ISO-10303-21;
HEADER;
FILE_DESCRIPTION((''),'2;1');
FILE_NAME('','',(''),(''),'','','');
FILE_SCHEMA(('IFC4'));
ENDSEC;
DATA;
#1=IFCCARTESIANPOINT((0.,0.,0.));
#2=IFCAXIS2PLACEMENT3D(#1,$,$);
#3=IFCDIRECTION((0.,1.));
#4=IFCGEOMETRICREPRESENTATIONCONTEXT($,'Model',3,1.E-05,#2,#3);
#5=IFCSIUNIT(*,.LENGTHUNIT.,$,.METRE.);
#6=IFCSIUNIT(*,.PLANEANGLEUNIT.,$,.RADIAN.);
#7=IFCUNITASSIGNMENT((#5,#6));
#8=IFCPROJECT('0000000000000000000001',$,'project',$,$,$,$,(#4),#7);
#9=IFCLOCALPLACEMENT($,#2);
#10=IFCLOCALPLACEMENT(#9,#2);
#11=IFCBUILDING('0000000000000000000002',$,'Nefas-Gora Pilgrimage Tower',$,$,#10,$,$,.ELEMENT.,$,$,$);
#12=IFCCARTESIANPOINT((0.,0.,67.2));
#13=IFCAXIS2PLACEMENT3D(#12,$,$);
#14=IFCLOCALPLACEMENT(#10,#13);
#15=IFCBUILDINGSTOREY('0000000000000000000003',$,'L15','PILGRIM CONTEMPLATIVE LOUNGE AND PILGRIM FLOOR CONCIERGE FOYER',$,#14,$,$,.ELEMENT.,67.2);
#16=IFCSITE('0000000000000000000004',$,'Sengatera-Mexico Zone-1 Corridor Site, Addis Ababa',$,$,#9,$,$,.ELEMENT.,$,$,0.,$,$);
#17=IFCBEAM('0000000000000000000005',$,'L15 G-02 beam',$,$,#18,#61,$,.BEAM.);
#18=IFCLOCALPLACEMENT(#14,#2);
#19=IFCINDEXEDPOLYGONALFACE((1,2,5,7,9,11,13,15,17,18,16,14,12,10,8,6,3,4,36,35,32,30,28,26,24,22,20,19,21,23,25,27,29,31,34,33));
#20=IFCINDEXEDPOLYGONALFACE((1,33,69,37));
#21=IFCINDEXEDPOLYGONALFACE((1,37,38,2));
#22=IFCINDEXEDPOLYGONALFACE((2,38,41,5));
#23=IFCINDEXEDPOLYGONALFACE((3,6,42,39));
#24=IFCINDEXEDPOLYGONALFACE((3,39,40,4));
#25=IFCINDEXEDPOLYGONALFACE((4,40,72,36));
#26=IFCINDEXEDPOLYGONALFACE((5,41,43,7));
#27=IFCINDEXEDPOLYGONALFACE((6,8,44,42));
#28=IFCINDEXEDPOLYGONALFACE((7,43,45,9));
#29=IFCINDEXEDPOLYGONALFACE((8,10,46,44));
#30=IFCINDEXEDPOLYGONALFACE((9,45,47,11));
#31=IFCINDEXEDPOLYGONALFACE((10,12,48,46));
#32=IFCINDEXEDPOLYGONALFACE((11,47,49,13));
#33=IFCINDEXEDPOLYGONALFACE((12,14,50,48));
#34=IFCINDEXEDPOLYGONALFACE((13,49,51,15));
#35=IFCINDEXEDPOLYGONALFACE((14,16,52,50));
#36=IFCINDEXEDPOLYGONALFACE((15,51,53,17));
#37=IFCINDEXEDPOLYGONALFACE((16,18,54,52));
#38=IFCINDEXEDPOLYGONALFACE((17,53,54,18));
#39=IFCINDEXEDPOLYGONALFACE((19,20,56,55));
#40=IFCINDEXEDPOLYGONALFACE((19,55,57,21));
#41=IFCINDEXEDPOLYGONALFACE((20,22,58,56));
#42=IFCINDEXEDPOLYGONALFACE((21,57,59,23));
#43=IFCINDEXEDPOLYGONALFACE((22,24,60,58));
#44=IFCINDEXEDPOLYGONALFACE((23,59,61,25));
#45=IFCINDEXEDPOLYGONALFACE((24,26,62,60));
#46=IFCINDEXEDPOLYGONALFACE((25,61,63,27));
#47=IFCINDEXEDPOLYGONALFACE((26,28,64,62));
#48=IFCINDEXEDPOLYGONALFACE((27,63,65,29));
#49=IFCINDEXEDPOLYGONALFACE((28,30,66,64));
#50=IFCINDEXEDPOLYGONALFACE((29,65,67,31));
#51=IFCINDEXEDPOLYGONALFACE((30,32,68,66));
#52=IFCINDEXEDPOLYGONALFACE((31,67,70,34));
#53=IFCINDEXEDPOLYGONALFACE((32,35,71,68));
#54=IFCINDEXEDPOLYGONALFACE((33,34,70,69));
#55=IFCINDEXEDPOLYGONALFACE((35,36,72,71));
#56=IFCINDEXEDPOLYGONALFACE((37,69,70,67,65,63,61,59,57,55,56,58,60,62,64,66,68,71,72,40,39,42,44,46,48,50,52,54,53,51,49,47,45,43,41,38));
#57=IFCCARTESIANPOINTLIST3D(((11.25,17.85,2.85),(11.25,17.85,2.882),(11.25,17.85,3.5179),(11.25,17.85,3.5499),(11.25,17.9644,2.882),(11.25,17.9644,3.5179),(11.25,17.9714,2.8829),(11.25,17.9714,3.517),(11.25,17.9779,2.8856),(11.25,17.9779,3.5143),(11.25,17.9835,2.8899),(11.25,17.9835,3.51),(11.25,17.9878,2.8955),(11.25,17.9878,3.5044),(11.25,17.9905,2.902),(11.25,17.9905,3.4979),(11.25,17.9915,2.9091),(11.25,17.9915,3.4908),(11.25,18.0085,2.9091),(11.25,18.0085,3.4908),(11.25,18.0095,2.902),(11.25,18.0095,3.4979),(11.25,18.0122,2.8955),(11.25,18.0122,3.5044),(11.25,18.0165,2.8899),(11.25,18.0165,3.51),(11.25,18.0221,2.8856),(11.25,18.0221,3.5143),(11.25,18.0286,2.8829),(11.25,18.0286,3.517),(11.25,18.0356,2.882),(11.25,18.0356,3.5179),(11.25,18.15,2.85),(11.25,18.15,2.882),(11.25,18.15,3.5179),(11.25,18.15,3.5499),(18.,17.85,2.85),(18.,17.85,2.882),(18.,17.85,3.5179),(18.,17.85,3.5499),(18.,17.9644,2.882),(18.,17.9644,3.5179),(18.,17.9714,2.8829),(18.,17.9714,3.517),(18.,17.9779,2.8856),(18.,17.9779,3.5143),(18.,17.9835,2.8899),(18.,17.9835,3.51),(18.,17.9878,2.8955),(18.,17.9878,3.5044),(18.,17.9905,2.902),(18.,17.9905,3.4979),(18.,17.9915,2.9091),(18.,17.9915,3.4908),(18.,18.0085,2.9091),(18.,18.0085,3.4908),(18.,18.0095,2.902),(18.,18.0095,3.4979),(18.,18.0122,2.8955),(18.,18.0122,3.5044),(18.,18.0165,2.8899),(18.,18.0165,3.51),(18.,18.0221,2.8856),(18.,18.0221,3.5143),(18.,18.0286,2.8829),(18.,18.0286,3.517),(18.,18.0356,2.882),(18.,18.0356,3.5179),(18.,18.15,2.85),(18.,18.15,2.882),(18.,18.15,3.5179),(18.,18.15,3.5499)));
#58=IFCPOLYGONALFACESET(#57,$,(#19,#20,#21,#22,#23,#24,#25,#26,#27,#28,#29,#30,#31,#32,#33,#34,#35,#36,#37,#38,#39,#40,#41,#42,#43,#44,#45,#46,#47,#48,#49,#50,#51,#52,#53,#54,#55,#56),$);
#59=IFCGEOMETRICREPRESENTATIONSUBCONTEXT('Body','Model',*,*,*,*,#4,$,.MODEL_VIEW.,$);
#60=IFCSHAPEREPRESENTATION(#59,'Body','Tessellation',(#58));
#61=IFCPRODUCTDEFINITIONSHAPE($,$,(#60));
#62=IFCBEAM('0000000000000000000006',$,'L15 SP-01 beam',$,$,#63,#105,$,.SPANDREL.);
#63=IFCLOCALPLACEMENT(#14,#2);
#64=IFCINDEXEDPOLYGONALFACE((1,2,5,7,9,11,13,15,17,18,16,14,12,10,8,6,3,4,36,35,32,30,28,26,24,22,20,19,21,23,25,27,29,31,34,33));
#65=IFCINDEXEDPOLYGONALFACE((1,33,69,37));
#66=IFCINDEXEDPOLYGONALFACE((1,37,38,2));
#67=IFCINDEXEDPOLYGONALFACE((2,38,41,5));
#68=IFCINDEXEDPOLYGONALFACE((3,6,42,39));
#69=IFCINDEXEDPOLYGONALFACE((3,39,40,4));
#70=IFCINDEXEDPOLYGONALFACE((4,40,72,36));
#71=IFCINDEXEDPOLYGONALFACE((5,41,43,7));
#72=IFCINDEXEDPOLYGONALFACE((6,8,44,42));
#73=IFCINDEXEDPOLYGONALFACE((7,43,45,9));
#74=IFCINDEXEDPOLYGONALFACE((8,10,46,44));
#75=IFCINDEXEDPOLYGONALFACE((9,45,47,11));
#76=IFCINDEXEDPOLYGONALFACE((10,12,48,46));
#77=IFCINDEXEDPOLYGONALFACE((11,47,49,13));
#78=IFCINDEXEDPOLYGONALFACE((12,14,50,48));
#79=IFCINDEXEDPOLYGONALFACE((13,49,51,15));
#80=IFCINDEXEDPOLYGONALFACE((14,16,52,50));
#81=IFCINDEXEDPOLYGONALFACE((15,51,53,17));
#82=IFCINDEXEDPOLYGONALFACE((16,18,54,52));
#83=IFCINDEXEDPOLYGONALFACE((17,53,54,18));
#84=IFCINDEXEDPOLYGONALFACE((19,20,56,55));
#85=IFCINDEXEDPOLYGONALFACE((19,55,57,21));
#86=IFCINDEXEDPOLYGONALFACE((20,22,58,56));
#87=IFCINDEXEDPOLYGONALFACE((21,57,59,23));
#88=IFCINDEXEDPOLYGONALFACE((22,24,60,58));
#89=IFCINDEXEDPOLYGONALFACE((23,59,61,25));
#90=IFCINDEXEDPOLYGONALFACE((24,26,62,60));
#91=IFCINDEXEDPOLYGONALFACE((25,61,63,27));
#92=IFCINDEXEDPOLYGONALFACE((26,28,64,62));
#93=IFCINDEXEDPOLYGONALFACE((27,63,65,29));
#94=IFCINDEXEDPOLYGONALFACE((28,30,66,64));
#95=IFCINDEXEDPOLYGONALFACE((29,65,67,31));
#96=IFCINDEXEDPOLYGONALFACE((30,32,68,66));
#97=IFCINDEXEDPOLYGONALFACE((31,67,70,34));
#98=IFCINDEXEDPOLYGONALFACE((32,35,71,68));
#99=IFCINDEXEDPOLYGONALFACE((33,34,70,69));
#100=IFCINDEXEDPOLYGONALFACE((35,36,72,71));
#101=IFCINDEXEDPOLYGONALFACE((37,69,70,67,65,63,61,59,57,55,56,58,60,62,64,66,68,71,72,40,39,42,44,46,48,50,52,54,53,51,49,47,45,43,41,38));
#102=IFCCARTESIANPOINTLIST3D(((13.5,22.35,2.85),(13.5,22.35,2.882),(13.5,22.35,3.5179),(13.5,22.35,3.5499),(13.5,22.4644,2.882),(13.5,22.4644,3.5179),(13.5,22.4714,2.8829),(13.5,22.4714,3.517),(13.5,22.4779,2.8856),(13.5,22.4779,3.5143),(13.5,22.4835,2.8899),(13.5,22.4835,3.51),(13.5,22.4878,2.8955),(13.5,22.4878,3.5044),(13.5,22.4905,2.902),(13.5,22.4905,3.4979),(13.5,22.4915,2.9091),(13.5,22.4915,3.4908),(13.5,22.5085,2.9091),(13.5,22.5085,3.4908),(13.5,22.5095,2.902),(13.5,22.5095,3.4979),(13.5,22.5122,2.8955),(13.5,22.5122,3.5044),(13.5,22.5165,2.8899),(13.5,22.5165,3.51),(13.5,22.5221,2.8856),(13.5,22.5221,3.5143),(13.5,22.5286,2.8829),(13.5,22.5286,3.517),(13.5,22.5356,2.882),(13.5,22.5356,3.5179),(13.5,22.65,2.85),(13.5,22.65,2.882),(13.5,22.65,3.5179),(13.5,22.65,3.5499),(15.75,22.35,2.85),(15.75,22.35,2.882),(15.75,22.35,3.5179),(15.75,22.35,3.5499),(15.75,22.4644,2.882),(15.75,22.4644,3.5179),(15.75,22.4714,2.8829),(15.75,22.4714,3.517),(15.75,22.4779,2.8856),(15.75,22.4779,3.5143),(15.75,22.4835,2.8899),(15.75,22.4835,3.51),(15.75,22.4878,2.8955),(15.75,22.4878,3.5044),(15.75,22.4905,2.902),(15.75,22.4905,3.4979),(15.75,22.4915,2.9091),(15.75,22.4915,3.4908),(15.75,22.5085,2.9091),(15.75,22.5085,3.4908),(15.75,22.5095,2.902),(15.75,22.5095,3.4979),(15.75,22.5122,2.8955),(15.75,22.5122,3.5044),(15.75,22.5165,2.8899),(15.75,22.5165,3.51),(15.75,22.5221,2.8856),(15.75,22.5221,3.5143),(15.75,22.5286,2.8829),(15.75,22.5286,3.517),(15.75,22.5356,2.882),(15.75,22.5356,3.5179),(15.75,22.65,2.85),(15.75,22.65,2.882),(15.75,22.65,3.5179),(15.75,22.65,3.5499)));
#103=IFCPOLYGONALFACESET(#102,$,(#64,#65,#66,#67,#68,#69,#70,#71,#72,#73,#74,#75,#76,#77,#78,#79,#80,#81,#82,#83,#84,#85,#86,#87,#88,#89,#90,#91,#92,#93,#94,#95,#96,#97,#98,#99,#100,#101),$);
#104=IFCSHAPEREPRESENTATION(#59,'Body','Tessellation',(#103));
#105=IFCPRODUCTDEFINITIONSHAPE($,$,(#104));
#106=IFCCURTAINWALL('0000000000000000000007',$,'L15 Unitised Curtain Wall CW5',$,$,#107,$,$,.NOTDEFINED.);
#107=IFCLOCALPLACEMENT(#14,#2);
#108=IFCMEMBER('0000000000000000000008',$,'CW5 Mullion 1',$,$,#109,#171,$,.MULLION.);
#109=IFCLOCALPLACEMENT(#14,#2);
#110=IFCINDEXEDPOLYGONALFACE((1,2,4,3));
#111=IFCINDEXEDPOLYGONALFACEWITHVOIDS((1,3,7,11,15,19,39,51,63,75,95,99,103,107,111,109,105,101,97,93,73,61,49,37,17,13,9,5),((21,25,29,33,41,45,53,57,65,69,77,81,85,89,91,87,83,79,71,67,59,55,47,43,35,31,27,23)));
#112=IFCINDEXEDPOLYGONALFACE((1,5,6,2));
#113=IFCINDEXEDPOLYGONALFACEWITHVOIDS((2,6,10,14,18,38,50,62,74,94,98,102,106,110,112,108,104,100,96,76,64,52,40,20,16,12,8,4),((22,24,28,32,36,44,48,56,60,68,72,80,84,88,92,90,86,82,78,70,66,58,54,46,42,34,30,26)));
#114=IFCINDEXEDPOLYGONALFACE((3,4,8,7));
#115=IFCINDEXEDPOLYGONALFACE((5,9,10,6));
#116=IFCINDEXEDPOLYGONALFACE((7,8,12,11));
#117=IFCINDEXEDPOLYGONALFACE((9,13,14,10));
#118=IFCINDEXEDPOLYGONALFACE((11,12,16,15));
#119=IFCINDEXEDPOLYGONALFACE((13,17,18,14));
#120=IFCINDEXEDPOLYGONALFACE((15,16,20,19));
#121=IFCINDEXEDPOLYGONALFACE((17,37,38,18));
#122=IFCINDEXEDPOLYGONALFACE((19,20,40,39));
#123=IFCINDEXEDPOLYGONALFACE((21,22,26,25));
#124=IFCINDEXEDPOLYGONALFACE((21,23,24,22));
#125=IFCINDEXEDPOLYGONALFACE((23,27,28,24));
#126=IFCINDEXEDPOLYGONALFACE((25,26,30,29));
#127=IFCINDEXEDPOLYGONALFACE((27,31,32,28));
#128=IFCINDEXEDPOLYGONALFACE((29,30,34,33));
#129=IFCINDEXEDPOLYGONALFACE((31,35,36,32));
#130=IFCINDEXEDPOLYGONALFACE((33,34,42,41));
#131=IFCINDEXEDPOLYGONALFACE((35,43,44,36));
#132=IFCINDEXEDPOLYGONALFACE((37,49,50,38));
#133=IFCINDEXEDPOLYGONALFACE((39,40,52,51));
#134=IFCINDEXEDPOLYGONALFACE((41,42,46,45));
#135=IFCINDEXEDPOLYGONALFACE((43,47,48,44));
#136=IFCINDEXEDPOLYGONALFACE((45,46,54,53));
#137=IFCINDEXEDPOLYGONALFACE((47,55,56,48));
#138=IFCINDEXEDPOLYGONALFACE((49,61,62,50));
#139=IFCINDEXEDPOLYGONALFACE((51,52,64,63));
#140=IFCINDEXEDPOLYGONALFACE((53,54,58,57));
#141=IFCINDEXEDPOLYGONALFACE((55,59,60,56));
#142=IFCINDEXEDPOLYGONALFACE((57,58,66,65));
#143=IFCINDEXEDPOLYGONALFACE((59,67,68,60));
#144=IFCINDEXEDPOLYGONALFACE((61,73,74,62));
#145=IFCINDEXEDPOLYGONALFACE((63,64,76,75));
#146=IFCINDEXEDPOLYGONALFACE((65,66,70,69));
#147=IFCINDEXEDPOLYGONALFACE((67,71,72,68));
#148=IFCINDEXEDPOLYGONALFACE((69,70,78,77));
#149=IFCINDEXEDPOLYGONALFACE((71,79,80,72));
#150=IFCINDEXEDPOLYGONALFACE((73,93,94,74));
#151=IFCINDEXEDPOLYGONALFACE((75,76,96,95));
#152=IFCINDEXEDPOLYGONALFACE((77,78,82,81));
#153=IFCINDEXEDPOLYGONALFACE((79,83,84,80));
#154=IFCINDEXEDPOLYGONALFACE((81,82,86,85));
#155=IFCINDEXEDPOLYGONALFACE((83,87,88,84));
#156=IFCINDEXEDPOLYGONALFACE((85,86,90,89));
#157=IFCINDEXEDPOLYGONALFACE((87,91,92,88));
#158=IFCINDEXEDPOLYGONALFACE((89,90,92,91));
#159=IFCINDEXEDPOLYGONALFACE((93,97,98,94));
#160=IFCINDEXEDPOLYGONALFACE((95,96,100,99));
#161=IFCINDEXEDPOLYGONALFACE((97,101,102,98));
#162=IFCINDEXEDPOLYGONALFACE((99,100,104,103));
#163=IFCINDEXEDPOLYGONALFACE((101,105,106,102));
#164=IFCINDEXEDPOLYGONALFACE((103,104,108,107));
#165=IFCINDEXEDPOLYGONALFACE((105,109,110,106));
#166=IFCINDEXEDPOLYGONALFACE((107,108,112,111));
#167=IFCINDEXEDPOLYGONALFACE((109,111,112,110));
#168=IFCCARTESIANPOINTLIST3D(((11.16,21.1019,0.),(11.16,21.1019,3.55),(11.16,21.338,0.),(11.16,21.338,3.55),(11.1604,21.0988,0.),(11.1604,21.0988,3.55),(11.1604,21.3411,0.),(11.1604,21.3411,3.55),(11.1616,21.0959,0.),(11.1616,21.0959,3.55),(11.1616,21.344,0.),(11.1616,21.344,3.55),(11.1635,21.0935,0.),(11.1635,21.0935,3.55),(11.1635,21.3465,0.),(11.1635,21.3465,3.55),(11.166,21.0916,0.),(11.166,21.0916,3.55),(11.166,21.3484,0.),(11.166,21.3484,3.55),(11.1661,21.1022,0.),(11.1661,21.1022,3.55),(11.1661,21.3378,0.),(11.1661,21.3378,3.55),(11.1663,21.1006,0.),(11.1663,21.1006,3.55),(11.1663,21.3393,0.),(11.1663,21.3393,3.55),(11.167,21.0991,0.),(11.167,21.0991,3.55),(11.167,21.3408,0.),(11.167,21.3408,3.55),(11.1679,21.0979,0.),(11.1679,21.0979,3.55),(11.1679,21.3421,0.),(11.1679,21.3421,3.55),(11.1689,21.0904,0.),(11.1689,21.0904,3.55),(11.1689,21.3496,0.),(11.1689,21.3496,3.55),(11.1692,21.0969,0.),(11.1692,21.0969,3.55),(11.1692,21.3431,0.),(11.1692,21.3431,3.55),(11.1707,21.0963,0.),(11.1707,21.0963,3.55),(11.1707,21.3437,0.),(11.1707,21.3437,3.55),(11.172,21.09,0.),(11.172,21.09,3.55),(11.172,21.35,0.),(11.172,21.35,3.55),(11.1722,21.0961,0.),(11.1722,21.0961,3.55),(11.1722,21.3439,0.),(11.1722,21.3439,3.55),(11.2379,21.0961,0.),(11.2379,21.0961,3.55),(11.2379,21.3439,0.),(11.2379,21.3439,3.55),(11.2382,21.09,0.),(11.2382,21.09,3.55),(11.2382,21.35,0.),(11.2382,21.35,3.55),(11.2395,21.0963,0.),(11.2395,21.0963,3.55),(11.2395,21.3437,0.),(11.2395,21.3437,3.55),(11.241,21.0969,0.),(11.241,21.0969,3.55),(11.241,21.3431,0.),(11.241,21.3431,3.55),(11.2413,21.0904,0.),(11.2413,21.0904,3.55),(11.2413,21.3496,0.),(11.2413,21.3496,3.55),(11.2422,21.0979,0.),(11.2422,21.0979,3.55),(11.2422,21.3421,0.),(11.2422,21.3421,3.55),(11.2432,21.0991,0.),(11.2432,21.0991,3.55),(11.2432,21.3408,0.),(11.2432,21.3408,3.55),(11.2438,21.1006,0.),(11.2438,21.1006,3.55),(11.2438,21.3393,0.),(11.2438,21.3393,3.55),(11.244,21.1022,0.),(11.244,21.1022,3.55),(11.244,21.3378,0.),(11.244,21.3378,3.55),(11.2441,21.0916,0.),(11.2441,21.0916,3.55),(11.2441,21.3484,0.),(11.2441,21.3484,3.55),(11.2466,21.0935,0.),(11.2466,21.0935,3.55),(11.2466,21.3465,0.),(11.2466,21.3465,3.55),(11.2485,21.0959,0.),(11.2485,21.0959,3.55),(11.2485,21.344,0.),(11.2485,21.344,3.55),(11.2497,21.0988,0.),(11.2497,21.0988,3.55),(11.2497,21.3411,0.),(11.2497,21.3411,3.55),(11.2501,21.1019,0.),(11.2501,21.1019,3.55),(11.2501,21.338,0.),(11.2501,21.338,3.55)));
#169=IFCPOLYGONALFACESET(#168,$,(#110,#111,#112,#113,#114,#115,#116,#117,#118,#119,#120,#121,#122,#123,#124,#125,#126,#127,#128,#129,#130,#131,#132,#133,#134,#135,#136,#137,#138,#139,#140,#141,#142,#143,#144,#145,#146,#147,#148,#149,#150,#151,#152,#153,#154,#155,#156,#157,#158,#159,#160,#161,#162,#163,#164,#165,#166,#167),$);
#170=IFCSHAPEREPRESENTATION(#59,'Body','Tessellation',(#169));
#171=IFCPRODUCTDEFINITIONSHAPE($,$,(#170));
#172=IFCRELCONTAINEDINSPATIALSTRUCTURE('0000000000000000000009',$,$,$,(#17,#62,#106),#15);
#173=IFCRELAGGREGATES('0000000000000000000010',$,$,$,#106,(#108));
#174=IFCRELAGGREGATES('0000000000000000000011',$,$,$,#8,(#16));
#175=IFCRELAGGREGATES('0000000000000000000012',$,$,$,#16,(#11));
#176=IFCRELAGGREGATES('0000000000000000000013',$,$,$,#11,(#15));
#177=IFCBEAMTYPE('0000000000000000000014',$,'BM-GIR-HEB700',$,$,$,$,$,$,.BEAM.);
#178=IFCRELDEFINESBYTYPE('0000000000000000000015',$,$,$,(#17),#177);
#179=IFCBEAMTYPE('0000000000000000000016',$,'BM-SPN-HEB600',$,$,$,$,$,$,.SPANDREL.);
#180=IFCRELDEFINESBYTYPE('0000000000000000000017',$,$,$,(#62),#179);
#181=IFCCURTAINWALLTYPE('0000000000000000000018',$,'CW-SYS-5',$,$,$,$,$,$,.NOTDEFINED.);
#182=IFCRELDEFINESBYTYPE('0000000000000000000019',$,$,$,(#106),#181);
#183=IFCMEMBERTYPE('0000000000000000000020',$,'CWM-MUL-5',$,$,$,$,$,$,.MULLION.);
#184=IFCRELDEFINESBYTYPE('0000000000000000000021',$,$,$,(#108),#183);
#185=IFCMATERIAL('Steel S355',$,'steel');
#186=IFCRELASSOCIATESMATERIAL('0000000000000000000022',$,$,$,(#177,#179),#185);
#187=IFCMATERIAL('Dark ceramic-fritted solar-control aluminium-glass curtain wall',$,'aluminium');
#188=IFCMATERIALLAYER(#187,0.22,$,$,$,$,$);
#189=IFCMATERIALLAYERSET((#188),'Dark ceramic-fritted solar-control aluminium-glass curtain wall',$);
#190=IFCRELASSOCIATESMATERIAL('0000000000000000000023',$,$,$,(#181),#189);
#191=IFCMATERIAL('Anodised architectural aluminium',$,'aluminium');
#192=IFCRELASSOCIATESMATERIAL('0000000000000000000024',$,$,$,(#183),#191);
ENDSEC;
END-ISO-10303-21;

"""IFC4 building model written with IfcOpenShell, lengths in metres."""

from ifc_helpers import new_model, si_unit, direction, frame, origin, origin_2d, place, context, subcontext, project, spatial, hollow_rectangle, i_section, extrude, source, transform, mapped, material, layer, layer_set, material_profile, profile_set, type_object, element, aggregate, save


model = new_model("IFC4")

# Units and contexts
model_context = context("Model", 3, precision=1e-05, world=origin(), true_north=direction((0.0, 1.0)))
body_context = subcontext(model_context, "Body", "Model", "MODEL_VIEW")
ifc_project = project(units=[si_unit("LENGTHUNIT", "METRE"), si_unit("PLANEANGLEUNIT", "RADIAN")], contexts=[model_context])

# Site, building, storey
site_placement = place(None, origin())
site = spatial("IfcSite", under=ifc_project, at=site_placement, Name="Sengatera-Mexico Zone-1 Corridor Site, Addis Ababa", CompositionType="ELEMENT", RefElevation=0.0)
building_placement = place(site_placement, origin())
building = spatial("IfcBuilding", under=site, at=building_placement, Name="Nefas-Gora Pilgrimage Tower", CompositionType="ELEMENT")
storey_placement = place(building_placement, frame((0.0, 0.0, 67.2)))
storey = spatial("IfcBuildingStorey", under=building, at=storey_placement, Name="L15", Description="PILGRIM CONTEMPLATIVE LOUNGE AND PILGRIM FLOOR CONCIERGE FOYER", CompositionType="ELEMENT", Elevation=67.2)

# Beams
ifc_material_1 = material(Name="Steel S355", Category="steel")
ifc_material_profile_1 = material_profile(ifc_material_1, i_section(OverallWidth=0.3, OverallDepth=0.7, WebThickness=0.0171, FlangeThickness=0.032, FilletRadius=0.0271, at=origin_2d()), Name="HEB 700")
ifc_profile_set_1 = profile_set([ifc_material_profile_1], Name="Steel S355")
beam_type_1 = type_object("IfcBeamType", Name="BM-GIR-HEB700", PredefinedType="BEAM", material=ifc_profile_set_1)
shared_shape_1 = source(origin(), body_context, "Body", "SweptSolid", [
    extrude(i_section(OverallWidth=0.3, OverallDepth=0.7, WebThickness=0.0171, FlangeThickness=0.032, FilletRadius=0.0271, at=origin_2d()), origin(), (0.0, 0.0, 1.0), 6.75),
])
beam_1_placement = place(storey_placement, frame((11.25, 18.0, 3.2), z_axis=(1.0, 0.0, 0.0), x_axis=(0.0, 1.0, 0.0)))
element("IfcBeam", 1, at=beam_1_placement, inside=storey, type_object=beam_type_1, Name="L15 G-02 beam", PredefinedType="BEAM", context=body_context, shape_type="MappedRepresentation", body=[
    mapped(shared_shape_1, transform((0.0, 0.0, 0.0), x_axis=(1.0, 0.0, 0.0), y_axis=(0.0, 1.0, 0.0), z_axis=(0.0, 0.0, 1.0), scale=1.0)),
])
ifc_material_profile_2 = material_profile(ifc_material_1, i_section(OverallWidth=0.3, OverallDepth=0.7, WebThickness=0.0171, FlangeThickness=0.032, FilletRadius=0.0271, at=origin_2d()), Name="HEB 700")
ifc_profile_set_2 = profile_set([ifc_material_profile_2], Name="Steel S355")
beam_type_2 = type_object("IfcBeamType", Name="BM-SPN-HEB600", PredefinedType="SPANDREL", material=ifc_profile_set_2)
shared_shape_2 = source(origin(), body_context, "Body", "SweptSolid", [
    extrude(i_section(OverallWidth=0.3, OverallDepth=0.7, WebThickness=0.0171, FlangeThickness=0.032, FilletRadius=0.0271, at=origin_2d()), origin(), (0.0, 0.0, 1.0), 2.25),
])
beam_2_placement = place(storey_placement, frame((13.5, 22.5, 3.2), z_axis=(1.0, 0.0, 0.0), x_axis=(0.0, 1.0, 0.0)))
element("IfcBeam", 2, at=beam_2_placement, inside=storey, type_object=beam_type_2, Name="L15 SP-01 beam", PredefinedType="SPANDREL", context=body_context, shape_type="MappedRepresentation", body=[
    mapped(shared_shape_2, transform((0.0, 0.0, 0.0), x_axis=(1.0, 0.0, 0.0), y_axis=(0.0, 1.0, 0.0), z_axis=(0.0, 0.0, 1.0), scale=1.0)),
])

# Curtain wall, member
ifc_material_2 = material(Name="Dark ceramic-fritted solar-control aluminium-glass curtain wall", Category="aluminium")
ifc_layer_1 = layer(ifc_material_2, 0.22)
ifc_layer_set_1 = layer_set([ifc_layer_1], Name="Dark ceramic-fritted solar-control aluminium-glass curtain wall")
curtain_wall_type_1 = type_object("IfcCurtainWallType", Name="CW-SYS-5", PredefinedType="NOTDEFINED", material=ifc_layer_set_1)
curtain_wall_1_placement = place(storey_placement, origin())
curtain_wall_1 = element("IfcCurtainWall", 3, at=curtain_wall_1_placement, inside=storey, type_object=curtain_wall_type_1, Name="L15 Unitised Curtain Wall CW5", PredefinedType="NOTDEFINED")
ifc_material_3 = material(Name="Anodised architectural aluminium", Category="aluminium")
ifc_material_profile_3 = material_profile(ifc_material_3, hollow_rectangle(XDim=0.0901, YDim=0.26, WallThickness=0.0061, InnerFilletRadius=0.0061, OuterFilletRadius=0.012, at=origin_2d()), Name="ALU MULLION 90x260")
ifc_profile_set_3 = profile_set([ifc_material_profile_3], Name="Anodised architectural aluminium")
member_type_1 = type_object("IfcMemberType", Name="CWM-MUL-5", PredefinedType="MULLION", material=ifc_profile_set_3)
shared_shape_3 = source(origin(), body_context, "Body", "SweptSolid", [
    extrude(hollow_rectangle(XDim=0.0901, YDim=0.26, WallThickness=0.0061, InnerFilletRadius=0.0061, OuterFilletRadius=0.012, at=origin_2d()), origin(), (0.0, 0.0, 1.0), 3.55),
])
member_1_placement = place(storey_placement, frame((11.2051, 21.22, 0.0), z_axis=(0.0, 0.0, 1.0), x_axis=(-1.0, 0.0, 0.0)))
member_1 = element("IfcMember", 4, at=member_1_placement, type_object=member_type_1, Name="CW5 Mullion 1", PredefinedType="MULLION", context=body_context, shape_type="MappedRepresentation", body=[
    mapped(shared_shape_3, transform((0.0, 0.0, 0.0), x_axis=(1.0, 0.0, 0.0), y_axis=(0.0, 1.0, 0.0), z_axis=(0.0, 0.0, 1.0), scale=1.0)),
])

aggregate(curtain_wall_1, [member_1])

save(model, "model.ifc")
